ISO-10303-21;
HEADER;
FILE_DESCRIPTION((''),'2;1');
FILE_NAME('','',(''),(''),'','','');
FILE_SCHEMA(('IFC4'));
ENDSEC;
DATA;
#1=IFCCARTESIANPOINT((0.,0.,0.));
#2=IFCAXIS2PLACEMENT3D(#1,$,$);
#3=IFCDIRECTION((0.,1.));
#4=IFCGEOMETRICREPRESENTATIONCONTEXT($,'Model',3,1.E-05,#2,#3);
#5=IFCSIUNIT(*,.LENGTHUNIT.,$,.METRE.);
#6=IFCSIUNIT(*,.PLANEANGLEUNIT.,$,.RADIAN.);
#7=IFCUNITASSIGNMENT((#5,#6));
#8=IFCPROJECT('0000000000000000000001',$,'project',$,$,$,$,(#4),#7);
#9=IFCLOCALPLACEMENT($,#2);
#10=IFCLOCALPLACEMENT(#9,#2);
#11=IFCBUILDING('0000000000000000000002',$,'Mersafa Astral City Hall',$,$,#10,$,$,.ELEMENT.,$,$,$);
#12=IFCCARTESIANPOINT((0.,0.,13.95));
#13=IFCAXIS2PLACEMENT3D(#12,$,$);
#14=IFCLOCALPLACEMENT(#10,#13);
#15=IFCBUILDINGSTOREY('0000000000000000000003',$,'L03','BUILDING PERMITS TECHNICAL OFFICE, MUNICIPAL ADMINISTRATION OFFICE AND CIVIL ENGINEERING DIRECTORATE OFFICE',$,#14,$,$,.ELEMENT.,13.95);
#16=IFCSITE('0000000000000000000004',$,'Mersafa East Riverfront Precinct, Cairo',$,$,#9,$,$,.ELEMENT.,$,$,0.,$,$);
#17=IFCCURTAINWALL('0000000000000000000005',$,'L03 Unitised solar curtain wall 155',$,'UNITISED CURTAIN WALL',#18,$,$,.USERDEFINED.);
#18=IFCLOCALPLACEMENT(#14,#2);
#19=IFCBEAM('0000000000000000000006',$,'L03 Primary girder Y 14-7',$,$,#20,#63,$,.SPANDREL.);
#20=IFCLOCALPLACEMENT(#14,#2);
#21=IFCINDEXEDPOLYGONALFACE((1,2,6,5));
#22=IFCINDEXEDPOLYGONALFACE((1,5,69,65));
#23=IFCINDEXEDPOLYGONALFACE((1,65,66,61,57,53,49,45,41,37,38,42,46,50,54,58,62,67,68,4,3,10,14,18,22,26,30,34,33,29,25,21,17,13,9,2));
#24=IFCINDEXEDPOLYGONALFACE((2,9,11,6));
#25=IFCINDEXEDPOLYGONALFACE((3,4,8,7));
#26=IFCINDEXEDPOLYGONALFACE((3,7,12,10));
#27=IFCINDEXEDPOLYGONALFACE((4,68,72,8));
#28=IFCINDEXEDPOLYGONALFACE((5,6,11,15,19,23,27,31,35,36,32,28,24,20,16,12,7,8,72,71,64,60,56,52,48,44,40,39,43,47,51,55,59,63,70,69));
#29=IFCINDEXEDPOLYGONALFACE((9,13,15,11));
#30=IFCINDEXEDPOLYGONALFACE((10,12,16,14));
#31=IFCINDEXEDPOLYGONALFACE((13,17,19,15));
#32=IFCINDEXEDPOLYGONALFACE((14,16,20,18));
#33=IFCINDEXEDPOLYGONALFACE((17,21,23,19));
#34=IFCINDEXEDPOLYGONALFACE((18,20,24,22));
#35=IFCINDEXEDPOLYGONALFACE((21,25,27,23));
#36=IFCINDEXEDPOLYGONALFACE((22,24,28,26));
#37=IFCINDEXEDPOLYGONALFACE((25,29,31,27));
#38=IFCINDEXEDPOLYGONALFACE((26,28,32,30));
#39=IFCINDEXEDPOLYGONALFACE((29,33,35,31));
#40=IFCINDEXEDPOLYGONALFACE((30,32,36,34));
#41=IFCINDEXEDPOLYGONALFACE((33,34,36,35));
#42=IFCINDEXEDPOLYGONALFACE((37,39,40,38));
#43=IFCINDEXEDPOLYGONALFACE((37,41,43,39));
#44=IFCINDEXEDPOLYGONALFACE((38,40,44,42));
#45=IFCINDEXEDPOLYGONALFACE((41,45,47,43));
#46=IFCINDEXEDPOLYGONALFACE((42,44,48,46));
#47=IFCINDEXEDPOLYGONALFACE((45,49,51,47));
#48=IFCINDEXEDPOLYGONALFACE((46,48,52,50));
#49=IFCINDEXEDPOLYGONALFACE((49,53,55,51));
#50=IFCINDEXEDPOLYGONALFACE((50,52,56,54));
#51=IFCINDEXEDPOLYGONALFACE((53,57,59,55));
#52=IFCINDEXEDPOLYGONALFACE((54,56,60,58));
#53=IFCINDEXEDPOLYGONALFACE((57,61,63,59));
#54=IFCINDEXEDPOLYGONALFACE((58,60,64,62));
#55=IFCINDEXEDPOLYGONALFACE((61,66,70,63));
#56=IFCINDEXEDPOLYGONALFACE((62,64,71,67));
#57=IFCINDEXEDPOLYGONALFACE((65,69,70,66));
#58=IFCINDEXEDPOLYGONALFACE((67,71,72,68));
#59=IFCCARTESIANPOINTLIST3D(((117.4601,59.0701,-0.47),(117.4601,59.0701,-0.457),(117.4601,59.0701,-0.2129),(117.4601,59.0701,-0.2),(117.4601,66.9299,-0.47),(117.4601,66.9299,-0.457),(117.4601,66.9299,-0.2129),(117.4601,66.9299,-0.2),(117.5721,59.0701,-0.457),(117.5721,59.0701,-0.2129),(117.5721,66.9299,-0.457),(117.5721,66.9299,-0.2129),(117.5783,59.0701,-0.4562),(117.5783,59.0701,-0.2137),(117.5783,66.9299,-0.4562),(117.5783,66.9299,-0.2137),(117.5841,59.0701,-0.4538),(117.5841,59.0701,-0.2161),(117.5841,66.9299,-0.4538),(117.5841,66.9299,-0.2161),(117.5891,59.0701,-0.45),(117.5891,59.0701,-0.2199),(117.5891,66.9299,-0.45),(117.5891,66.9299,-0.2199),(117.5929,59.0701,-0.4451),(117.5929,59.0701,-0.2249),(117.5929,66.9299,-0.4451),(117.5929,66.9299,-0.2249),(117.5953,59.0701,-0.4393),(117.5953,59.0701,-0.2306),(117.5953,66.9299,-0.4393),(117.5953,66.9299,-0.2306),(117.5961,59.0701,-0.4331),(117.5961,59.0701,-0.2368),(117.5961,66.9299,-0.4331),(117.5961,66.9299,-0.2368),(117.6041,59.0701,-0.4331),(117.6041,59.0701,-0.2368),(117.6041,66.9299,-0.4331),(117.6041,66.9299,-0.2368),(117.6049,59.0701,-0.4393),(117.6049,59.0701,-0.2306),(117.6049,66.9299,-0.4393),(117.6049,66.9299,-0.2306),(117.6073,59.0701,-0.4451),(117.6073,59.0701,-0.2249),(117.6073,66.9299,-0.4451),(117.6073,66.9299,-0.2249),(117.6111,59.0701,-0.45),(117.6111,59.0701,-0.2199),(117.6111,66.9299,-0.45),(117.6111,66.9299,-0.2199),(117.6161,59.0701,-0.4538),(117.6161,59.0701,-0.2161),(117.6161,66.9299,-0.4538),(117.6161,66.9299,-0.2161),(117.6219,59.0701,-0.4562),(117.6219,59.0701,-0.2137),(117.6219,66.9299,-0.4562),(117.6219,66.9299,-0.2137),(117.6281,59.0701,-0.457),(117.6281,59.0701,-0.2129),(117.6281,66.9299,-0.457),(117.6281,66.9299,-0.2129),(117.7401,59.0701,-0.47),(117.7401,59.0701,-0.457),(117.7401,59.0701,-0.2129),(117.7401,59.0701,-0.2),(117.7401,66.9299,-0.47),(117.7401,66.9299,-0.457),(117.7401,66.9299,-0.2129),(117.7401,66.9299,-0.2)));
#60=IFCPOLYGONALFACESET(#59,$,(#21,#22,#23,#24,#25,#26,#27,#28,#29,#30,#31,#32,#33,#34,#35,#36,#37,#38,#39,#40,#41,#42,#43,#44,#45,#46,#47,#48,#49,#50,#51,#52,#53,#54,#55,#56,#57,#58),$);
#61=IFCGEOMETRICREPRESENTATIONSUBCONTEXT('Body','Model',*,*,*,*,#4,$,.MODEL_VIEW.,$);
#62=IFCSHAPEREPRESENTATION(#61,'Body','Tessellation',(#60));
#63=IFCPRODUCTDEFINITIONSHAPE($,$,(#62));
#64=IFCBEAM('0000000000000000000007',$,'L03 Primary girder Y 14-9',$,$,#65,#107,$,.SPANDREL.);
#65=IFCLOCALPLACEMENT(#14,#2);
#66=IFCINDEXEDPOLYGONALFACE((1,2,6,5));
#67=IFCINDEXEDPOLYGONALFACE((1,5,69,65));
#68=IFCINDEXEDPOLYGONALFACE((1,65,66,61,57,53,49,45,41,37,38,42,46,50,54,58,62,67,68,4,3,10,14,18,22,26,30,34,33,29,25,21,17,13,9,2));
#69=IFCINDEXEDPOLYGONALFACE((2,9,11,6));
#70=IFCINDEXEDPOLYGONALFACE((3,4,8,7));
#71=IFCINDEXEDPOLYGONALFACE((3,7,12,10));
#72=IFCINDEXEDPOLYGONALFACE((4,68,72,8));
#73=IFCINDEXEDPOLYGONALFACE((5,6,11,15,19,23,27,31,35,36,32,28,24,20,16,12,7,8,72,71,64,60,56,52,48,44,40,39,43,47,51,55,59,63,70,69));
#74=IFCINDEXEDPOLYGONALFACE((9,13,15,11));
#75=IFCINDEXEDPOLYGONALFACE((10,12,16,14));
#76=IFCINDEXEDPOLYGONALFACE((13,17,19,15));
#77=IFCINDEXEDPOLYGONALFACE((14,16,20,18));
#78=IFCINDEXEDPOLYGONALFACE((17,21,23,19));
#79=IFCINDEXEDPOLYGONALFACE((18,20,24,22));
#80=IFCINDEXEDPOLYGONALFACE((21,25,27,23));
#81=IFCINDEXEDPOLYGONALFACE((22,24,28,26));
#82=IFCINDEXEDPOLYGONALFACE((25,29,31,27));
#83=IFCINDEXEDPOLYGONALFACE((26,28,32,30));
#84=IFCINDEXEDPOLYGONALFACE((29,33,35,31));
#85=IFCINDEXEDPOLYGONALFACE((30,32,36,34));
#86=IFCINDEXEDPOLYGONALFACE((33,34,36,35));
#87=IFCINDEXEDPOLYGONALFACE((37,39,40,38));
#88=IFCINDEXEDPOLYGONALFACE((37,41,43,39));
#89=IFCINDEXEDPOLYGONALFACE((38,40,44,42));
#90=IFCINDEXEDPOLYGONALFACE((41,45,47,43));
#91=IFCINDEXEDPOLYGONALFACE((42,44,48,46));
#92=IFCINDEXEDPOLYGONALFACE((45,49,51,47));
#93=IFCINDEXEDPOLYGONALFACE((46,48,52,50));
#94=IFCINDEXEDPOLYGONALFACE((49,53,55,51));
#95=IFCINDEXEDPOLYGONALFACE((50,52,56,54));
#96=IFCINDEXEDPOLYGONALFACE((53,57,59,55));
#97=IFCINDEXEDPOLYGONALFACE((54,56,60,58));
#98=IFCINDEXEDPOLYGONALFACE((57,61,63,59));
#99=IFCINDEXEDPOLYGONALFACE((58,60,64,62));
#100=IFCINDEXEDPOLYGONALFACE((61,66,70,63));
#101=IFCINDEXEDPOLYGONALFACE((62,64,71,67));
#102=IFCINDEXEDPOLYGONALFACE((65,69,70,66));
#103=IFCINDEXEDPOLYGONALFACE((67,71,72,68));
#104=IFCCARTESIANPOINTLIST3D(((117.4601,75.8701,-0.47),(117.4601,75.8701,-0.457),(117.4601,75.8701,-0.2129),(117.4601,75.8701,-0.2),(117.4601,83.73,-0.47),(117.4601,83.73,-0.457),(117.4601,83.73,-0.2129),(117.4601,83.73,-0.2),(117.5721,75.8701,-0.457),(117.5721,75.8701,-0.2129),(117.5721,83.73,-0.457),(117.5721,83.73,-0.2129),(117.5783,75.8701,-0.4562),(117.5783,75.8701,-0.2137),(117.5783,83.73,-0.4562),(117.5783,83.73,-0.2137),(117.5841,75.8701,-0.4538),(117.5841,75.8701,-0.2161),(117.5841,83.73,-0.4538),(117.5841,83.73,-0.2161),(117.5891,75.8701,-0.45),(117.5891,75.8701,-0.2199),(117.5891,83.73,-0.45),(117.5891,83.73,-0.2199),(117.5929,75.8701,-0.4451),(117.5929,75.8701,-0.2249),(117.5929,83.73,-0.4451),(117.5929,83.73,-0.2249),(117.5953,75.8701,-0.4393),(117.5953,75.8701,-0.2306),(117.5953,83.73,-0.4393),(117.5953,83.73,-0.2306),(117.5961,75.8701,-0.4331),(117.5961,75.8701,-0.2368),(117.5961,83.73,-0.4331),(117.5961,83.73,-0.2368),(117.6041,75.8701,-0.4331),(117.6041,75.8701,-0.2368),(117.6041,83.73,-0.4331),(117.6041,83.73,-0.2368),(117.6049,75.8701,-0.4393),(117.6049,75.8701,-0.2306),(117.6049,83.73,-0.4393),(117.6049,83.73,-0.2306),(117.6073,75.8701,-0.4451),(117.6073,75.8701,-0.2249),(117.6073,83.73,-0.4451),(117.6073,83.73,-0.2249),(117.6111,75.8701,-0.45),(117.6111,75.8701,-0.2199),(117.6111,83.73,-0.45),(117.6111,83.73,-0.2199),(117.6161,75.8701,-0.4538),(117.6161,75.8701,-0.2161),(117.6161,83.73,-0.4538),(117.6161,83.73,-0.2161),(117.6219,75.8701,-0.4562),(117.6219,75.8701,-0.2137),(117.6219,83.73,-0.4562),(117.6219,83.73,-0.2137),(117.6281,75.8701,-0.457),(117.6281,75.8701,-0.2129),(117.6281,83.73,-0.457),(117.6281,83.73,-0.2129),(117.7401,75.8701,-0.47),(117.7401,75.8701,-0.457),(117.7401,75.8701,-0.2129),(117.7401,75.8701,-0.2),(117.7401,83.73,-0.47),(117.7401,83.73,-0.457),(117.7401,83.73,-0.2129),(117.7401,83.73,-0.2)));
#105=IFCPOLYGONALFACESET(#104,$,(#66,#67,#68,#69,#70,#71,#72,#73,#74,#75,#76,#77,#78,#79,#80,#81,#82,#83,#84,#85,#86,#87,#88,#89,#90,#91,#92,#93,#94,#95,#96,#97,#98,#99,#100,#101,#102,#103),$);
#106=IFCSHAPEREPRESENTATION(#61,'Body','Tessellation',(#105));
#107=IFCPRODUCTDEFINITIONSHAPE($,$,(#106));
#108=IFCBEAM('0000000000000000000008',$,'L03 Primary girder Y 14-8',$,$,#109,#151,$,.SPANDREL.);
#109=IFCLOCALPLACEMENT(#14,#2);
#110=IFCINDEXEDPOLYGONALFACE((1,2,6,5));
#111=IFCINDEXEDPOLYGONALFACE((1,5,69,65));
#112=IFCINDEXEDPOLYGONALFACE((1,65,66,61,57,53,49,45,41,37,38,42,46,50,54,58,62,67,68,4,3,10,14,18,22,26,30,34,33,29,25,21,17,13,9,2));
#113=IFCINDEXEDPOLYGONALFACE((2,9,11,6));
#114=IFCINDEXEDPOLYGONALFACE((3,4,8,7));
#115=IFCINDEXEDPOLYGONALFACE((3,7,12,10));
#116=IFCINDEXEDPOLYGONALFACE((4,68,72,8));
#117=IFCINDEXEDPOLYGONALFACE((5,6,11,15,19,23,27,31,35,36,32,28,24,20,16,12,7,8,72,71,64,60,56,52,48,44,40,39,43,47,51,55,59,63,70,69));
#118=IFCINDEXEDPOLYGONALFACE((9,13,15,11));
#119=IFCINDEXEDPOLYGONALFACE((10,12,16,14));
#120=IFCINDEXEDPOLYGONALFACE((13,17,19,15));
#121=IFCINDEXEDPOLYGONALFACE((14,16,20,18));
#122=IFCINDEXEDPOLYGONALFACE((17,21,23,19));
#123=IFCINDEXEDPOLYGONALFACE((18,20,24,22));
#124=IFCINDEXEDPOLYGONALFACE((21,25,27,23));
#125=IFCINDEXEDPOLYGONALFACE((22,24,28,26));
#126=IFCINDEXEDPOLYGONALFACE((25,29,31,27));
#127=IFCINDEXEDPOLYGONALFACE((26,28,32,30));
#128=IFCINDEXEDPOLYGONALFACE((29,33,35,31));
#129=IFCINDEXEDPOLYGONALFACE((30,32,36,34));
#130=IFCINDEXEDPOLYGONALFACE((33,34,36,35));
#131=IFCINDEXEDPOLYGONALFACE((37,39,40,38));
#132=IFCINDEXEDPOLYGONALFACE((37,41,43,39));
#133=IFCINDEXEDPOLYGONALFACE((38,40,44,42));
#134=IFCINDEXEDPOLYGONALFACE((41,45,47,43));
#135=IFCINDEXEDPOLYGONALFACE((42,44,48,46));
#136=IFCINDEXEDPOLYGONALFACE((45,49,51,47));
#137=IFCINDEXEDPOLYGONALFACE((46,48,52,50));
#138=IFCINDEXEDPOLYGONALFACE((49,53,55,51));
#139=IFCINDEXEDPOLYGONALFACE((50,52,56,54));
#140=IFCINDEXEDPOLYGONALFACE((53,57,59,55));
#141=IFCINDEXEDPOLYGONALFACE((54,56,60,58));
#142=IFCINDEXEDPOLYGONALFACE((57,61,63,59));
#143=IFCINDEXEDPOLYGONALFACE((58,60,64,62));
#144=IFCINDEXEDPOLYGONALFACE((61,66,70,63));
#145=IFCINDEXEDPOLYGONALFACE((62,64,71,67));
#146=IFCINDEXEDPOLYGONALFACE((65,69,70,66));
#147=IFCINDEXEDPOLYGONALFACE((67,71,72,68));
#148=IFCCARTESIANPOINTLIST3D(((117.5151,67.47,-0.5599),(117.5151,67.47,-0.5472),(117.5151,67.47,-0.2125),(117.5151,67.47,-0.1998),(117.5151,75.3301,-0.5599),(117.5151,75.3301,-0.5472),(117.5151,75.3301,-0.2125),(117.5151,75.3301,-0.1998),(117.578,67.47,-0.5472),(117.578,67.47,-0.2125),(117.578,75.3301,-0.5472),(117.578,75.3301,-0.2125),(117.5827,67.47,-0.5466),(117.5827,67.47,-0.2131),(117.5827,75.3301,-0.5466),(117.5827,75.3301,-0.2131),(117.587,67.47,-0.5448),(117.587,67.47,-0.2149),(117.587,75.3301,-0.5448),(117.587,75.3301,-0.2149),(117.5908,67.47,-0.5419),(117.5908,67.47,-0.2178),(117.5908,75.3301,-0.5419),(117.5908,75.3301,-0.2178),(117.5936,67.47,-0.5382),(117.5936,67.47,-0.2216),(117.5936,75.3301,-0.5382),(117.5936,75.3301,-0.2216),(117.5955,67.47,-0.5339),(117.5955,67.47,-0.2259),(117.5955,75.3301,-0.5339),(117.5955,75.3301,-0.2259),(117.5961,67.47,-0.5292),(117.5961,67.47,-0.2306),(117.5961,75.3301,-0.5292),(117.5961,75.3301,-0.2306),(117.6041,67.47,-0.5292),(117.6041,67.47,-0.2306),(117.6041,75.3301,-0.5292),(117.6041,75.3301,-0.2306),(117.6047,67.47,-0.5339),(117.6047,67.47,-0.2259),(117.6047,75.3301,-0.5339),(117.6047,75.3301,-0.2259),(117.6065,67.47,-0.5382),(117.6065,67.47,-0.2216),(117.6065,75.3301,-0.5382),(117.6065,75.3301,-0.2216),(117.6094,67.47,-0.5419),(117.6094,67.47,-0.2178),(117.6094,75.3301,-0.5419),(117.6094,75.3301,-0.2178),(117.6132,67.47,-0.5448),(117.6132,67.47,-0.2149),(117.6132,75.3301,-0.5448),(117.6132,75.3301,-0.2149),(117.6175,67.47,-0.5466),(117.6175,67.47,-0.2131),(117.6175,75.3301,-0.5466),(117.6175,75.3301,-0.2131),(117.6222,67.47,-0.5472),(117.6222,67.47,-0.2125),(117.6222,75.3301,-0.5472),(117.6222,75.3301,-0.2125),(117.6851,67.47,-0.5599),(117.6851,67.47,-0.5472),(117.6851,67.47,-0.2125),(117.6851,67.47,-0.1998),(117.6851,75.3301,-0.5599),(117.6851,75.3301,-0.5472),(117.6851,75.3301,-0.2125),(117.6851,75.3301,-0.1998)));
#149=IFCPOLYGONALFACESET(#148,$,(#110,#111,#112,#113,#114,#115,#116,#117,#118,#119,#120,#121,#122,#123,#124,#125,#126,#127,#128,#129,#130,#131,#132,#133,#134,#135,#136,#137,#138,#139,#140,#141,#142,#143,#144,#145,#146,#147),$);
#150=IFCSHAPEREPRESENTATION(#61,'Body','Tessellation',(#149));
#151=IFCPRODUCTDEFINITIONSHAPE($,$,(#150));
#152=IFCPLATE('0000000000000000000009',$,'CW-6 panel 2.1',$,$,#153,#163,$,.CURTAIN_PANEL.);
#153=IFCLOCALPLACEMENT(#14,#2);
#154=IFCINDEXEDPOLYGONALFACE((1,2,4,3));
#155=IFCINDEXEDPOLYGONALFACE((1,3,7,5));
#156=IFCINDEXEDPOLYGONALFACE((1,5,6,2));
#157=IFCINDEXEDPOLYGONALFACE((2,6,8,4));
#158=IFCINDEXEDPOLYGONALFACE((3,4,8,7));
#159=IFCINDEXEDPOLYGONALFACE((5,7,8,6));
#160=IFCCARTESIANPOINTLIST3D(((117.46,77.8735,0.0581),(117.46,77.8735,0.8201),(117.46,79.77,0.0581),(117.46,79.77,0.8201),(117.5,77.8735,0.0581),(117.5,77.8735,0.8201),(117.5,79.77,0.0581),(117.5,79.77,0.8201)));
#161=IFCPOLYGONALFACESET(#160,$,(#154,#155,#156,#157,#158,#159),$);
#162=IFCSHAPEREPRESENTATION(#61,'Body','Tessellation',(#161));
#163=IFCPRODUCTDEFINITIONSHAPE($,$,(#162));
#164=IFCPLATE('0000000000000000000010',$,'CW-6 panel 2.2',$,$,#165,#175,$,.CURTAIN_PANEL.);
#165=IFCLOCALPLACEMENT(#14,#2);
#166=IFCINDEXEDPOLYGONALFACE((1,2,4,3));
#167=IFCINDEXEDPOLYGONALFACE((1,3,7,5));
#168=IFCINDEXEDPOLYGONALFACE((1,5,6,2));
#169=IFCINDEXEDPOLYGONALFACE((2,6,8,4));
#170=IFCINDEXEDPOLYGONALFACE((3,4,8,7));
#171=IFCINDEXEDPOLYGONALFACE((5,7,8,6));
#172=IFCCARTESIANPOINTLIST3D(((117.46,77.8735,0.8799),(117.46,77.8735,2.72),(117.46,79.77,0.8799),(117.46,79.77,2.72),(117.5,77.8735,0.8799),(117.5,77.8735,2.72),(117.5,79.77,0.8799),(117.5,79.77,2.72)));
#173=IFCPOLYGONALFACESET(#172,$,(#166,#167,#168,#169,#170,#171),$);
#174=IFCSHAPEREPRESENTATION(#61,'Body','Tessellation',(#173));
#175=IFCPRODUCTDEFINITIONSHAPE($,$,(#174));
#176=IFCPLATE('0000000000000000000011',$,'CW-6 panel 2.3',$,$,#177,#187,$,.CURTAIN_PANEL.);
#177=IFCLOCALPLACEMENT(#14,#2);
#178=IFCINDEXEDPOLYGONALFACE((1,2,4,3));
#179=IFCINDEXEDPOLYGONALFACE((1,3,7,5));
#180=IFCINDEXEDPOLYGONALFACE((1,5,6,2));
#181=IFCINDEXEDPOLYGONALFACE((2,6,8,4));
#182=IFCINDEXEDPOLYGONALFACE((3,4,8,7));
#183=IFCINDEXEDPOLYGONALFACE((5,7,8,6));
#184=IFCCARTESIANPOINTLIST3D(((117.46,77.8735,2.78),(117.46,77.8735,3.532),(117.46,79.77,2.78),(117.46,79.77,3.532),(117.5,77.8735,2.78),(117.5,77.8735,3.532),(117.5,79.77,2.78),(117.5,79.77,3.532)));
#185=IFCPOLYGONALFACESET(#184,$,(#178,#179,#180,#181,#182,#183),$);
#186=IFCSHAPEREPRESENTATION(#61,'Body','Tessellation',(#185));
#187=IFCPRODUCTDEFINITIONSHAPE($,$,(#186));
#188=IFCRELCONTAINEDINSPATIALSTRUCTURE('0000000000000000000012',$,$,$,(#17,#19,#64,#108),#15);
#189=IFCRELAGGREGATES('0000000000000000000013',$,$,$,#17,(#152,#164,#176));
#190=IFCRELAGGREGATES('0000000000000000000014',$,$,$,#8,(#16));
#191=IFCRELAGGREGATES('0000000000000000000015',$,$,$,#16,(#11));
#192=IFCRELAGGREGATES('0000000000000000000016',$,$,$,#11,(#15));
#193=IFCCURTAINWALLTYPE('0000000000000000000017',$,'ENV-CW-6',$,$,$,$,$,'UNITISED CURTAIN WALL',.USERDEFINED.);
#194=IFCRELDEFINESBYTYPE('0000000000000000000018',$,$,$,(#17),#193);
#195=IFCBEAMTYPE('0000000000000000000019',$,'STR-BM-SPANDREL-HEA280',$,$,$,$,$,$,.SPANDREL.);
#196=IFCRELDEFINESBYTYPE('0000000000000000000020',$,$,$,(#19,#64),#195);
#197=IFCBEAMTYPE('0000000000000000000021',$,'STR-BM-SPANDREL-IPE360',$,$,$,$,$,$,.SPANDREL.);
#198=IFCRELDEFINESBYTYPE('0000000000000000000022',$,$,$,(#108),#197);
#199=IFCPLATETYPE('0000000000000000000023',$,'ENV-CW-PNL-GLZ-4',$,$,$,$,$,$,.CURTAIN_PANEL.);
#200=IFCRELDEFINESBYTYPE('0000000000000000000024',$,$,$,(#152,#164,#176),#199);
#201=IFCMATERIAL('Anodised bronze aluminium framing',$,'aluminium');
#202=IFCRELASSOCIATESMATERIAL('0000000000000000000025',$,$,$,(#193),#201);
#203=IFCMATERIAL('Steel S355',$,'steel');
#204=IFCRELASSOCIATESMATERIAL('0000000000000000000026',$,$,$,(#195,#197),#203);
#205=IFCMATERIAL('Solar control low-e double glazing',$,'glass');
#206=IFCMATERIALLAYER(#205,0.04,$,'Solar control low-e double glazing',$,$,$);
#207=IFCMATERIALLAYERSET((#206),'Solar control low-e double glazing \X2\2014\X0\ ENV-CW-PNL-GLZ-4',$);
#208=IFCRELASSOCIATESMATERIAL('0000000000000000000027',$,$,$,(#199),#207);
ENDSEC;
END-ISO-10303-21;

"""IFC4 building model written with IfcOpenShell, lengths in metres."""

from ifc_helpers import new_model, si_unit, direction, frame, origin, origin_2d, place, context, subcontext, project, spatial, rectangle, i_section, extrude, material, layer, layer_set, material_profile, profile_set, type_object, element, aggregate, save


model = new_model("IFC4")

# Units and contexts
model_context = context("Model", 3, precision=1e-05, world=origin(), true_north=direction((0.0, 1.0)))
body_context = subcontext(model_context, "Body", "Model", "MODEL_VIEW")
ifc_project = project(units=[si_unit("LENGTHUNIT", "METRE"), si_unit("PLANEANGLEUNIT", "RADIAN")], contexts=[model_context])

# Site, building, storey
site_placement = place(None, origin())
site = spatial("IfcSite", under=ifc_project, at=site_placement, Name="Mersafa East Riverfront Precinct, Cairo", CompositionType="ELEMENT", RefElevation=0.0)
building_placement = place(site_placement, origin())
building = spatial("IfcBuilding", under=site, at=building_placement, Name="Mersafa Astral City Hall", CompositionType="ELEMENT")
storey_placement = place(building_placement, frame((0.0, 0.0, 13.95)))
storey = spatial("IfcBuildingStorey", under=building, at=storey_placement, Name="L03", Description="BUILDING PERMITS TECHNICAL OFFICE, MUNICIPAL ADMINISTRATION OFFICE AND CIVIL ENGINEERING DIRECTORATE OFFICE", CompositionType="ELEMENT", Elevation=13.95)

# Shared definitions
ifc_material_1 = material(Name="Steel S355", Category="steel")

# Curtain wall
ifc_material_2 = material(Name="Anodised bronze aluminium framing", Category="aluminium")
curtain_wall_type = type_object("IfcCurtainWallType", Name="ENV-CW-6", ElementType="UNITISED CURTAIN WALL", PredefinedType="USERDEFINED", material=ifc_material_2)
curtain_wall_placement = place(storey_placement, origin())
curtain_wall = element("IfcCurtainWall", 1, at=curtain_wall_placement, inside=storey, type_object=curtain_wall_type, Name="L03 Unitised solar curtain wall 155", ObjectType="UNITISED CURTAIN WALL", PredefinedType="USERDEFINED")

# Beams
ifc_material_profile_1 = material_profile(ifc_material_1, i_section(OverallWidth=0.28, OverallDepth=0.27, WebThickness=0.0081, FlangeThickness=0.0129, FilletRadius=0.0239, at=origin_2d()), Name="HEA 280")
ifc_profile_set_1 = profile_set([ifc_material_profile_1], Name="Steel S355")
beam_type_1 = type_object("IfcBeamType", Name="STR-BM-SPANDREL-HEA280", PredefinedType="SPANDREL", material=ifc_profile_set_1)
for number, where, z_axis, x_axis, name in (
    (2, (117.6001, 59.0701, -0.335), (0.0, 1.0, 0.0), (-1.0, 0.0, 0.0), "L03 Primary girder Y 14-7"),
    (3, (117.6001, 75.8701, -0.335), (0.0, 1.0, 0.0), (-1.0, 0.0, 0.0), "L03 Primary girder Y 14-9"),
):
    element("IfcBeam", number, at=place(storey_placement, frame(where, z_axis=z_axis, x_axis=x_axis)), inside=storey, type_object=beam_type_1, Name=name, PredefinedType="SPANDREL", context=body_context, shape_type="SweptSolid", body=[
        extrude(i_section(OverallWidth=0.28, OverallDepth=0.27, WebThickness=0.0081, FlangeThickness=0.0129, FilletRadius=0.0239, at=origin_2d()), origin(), (0.0, 0.0, 1.0), 7.8599),
    ])
ifc_material_profile_2 = material_profile(ifc_material_1, i_section(OverallWidth=0.1699, OverallDepth=0.3601, WebThickness=0.0081, FlangeThickness=0.0127, FilletRadius=0.0181, at=origin_2d()), Name="IPE 360")
ifc_profile_set_2 = profile_set([ifc_material_profile_2], Name="Steel S355")
beam_type_2 = type_object("IfcBeamType", Name="STR-BM-SPANDREL-IPE360", PredefinedType="SPANDREL", material=ifc_profile_set_2)
beam_placement = place(storey_placement, frame((117.6001, 67.47, -0.3799), z_axis=(0.0, 1.0, 0.0), x_axis=(-1.0, 0.0, 0.0)))
element("IfcBeam", 4, at=beam_placement, inside=storey, type_object=beam_type_2, Name="L03 Primary girder Y 14-8", PredefinedType="SPANDREL", context=body_context, shape_type="SweptSolid", body=[
    extrude(i_section(OverallWidth=0.1699, OverallDepth=0.3601, WebThickness=0.0081, FlangeThickness=0.0127, FilletRadius=0.0181, at=origin_2d()), origin(), (0.0, 0.0, 1.0), 7.8601),
])

# Plates
ifc_material_3 = material(Name="Solar control low-e double glazing", Category="glass")
ifc_layer_1 = layer(ifc_material_3, 0.04, Name="Solar control low-e double glazing")
ifc_layer_set_1 = layer_set([ifc_layer_1], Name="Solar control low-e double glazing — ENV-CW-PNL-GLZ-4")
plate_type = type_object("IfcPlateType", Name="ENV-CW-PNL-GLZ-4", PredefinedType="CURTAIN_PANEL", material=ifc_layer_set_1)
plate_1_placement = place(storey_placement, frame((117.48, 78.8218, 0.0581), z_axis=(0.0, 0.0, 1.0), x_axis=(0.0, 1.0, 0.0)))
plate_1 = element("IfcPlate", 5, at=plate_1_placement, type_object=plate_type, Name="CW-6 panel 2.1", PredefinedType="CURTAIN_PANEL", context=body_context, shape_type="SweptSolid", body=[
    extrude(rectangle(XDim=1.8965, YDim=0.04, at=origin_2d()), origin(), (0.0, 0.0, 1.0), 0.762),
])
plate_2_placement = place(storey_placement, frame((117.48, 78.8218, 0.8799), z_axis=(0.0, 0.0, 1.0), x_axis=(0.0, 1.0, 0.0)))
plate_2 = element("IfcPlate", 6, at=plate_2_placement, type_object=plate_type, Name="CW-6 panel 2.2", PredefinedType="CURTAIN_PANEL", context=body_context, shape_type="SweptSolid", body=[
    extrude(rectangle(XDim=1.8965, YDim=0.04, at=origin_2d()), origin(), (0.0, 0.0, 1.0), 1.8401),
])
plate_3_placement = place(storey_placement, frame((117.48, 78.8218, 2.78), z_axis=(0.0, 0.0, 1.0), x_axis=(0.0, 1.0, 0.0)))
plate_3 = element("IfcPlate", 7, at=plate_3_placement, type_object=plate_type, Name="CW-6 panel 2.3", PredefinedType="CURTAIN_PANEL", context=body_context, shape_type="SweptSolid", body=[
    extrude(rectangle(XDim=1.8965, YDim=0.04, at=origin_2d()), origin(), (0.0, 0.0, 1.0), 0.752),
])
aggregate(curtain_wall, [plate_1, plate_2, plate_3])

save(model, "model.ifc")
